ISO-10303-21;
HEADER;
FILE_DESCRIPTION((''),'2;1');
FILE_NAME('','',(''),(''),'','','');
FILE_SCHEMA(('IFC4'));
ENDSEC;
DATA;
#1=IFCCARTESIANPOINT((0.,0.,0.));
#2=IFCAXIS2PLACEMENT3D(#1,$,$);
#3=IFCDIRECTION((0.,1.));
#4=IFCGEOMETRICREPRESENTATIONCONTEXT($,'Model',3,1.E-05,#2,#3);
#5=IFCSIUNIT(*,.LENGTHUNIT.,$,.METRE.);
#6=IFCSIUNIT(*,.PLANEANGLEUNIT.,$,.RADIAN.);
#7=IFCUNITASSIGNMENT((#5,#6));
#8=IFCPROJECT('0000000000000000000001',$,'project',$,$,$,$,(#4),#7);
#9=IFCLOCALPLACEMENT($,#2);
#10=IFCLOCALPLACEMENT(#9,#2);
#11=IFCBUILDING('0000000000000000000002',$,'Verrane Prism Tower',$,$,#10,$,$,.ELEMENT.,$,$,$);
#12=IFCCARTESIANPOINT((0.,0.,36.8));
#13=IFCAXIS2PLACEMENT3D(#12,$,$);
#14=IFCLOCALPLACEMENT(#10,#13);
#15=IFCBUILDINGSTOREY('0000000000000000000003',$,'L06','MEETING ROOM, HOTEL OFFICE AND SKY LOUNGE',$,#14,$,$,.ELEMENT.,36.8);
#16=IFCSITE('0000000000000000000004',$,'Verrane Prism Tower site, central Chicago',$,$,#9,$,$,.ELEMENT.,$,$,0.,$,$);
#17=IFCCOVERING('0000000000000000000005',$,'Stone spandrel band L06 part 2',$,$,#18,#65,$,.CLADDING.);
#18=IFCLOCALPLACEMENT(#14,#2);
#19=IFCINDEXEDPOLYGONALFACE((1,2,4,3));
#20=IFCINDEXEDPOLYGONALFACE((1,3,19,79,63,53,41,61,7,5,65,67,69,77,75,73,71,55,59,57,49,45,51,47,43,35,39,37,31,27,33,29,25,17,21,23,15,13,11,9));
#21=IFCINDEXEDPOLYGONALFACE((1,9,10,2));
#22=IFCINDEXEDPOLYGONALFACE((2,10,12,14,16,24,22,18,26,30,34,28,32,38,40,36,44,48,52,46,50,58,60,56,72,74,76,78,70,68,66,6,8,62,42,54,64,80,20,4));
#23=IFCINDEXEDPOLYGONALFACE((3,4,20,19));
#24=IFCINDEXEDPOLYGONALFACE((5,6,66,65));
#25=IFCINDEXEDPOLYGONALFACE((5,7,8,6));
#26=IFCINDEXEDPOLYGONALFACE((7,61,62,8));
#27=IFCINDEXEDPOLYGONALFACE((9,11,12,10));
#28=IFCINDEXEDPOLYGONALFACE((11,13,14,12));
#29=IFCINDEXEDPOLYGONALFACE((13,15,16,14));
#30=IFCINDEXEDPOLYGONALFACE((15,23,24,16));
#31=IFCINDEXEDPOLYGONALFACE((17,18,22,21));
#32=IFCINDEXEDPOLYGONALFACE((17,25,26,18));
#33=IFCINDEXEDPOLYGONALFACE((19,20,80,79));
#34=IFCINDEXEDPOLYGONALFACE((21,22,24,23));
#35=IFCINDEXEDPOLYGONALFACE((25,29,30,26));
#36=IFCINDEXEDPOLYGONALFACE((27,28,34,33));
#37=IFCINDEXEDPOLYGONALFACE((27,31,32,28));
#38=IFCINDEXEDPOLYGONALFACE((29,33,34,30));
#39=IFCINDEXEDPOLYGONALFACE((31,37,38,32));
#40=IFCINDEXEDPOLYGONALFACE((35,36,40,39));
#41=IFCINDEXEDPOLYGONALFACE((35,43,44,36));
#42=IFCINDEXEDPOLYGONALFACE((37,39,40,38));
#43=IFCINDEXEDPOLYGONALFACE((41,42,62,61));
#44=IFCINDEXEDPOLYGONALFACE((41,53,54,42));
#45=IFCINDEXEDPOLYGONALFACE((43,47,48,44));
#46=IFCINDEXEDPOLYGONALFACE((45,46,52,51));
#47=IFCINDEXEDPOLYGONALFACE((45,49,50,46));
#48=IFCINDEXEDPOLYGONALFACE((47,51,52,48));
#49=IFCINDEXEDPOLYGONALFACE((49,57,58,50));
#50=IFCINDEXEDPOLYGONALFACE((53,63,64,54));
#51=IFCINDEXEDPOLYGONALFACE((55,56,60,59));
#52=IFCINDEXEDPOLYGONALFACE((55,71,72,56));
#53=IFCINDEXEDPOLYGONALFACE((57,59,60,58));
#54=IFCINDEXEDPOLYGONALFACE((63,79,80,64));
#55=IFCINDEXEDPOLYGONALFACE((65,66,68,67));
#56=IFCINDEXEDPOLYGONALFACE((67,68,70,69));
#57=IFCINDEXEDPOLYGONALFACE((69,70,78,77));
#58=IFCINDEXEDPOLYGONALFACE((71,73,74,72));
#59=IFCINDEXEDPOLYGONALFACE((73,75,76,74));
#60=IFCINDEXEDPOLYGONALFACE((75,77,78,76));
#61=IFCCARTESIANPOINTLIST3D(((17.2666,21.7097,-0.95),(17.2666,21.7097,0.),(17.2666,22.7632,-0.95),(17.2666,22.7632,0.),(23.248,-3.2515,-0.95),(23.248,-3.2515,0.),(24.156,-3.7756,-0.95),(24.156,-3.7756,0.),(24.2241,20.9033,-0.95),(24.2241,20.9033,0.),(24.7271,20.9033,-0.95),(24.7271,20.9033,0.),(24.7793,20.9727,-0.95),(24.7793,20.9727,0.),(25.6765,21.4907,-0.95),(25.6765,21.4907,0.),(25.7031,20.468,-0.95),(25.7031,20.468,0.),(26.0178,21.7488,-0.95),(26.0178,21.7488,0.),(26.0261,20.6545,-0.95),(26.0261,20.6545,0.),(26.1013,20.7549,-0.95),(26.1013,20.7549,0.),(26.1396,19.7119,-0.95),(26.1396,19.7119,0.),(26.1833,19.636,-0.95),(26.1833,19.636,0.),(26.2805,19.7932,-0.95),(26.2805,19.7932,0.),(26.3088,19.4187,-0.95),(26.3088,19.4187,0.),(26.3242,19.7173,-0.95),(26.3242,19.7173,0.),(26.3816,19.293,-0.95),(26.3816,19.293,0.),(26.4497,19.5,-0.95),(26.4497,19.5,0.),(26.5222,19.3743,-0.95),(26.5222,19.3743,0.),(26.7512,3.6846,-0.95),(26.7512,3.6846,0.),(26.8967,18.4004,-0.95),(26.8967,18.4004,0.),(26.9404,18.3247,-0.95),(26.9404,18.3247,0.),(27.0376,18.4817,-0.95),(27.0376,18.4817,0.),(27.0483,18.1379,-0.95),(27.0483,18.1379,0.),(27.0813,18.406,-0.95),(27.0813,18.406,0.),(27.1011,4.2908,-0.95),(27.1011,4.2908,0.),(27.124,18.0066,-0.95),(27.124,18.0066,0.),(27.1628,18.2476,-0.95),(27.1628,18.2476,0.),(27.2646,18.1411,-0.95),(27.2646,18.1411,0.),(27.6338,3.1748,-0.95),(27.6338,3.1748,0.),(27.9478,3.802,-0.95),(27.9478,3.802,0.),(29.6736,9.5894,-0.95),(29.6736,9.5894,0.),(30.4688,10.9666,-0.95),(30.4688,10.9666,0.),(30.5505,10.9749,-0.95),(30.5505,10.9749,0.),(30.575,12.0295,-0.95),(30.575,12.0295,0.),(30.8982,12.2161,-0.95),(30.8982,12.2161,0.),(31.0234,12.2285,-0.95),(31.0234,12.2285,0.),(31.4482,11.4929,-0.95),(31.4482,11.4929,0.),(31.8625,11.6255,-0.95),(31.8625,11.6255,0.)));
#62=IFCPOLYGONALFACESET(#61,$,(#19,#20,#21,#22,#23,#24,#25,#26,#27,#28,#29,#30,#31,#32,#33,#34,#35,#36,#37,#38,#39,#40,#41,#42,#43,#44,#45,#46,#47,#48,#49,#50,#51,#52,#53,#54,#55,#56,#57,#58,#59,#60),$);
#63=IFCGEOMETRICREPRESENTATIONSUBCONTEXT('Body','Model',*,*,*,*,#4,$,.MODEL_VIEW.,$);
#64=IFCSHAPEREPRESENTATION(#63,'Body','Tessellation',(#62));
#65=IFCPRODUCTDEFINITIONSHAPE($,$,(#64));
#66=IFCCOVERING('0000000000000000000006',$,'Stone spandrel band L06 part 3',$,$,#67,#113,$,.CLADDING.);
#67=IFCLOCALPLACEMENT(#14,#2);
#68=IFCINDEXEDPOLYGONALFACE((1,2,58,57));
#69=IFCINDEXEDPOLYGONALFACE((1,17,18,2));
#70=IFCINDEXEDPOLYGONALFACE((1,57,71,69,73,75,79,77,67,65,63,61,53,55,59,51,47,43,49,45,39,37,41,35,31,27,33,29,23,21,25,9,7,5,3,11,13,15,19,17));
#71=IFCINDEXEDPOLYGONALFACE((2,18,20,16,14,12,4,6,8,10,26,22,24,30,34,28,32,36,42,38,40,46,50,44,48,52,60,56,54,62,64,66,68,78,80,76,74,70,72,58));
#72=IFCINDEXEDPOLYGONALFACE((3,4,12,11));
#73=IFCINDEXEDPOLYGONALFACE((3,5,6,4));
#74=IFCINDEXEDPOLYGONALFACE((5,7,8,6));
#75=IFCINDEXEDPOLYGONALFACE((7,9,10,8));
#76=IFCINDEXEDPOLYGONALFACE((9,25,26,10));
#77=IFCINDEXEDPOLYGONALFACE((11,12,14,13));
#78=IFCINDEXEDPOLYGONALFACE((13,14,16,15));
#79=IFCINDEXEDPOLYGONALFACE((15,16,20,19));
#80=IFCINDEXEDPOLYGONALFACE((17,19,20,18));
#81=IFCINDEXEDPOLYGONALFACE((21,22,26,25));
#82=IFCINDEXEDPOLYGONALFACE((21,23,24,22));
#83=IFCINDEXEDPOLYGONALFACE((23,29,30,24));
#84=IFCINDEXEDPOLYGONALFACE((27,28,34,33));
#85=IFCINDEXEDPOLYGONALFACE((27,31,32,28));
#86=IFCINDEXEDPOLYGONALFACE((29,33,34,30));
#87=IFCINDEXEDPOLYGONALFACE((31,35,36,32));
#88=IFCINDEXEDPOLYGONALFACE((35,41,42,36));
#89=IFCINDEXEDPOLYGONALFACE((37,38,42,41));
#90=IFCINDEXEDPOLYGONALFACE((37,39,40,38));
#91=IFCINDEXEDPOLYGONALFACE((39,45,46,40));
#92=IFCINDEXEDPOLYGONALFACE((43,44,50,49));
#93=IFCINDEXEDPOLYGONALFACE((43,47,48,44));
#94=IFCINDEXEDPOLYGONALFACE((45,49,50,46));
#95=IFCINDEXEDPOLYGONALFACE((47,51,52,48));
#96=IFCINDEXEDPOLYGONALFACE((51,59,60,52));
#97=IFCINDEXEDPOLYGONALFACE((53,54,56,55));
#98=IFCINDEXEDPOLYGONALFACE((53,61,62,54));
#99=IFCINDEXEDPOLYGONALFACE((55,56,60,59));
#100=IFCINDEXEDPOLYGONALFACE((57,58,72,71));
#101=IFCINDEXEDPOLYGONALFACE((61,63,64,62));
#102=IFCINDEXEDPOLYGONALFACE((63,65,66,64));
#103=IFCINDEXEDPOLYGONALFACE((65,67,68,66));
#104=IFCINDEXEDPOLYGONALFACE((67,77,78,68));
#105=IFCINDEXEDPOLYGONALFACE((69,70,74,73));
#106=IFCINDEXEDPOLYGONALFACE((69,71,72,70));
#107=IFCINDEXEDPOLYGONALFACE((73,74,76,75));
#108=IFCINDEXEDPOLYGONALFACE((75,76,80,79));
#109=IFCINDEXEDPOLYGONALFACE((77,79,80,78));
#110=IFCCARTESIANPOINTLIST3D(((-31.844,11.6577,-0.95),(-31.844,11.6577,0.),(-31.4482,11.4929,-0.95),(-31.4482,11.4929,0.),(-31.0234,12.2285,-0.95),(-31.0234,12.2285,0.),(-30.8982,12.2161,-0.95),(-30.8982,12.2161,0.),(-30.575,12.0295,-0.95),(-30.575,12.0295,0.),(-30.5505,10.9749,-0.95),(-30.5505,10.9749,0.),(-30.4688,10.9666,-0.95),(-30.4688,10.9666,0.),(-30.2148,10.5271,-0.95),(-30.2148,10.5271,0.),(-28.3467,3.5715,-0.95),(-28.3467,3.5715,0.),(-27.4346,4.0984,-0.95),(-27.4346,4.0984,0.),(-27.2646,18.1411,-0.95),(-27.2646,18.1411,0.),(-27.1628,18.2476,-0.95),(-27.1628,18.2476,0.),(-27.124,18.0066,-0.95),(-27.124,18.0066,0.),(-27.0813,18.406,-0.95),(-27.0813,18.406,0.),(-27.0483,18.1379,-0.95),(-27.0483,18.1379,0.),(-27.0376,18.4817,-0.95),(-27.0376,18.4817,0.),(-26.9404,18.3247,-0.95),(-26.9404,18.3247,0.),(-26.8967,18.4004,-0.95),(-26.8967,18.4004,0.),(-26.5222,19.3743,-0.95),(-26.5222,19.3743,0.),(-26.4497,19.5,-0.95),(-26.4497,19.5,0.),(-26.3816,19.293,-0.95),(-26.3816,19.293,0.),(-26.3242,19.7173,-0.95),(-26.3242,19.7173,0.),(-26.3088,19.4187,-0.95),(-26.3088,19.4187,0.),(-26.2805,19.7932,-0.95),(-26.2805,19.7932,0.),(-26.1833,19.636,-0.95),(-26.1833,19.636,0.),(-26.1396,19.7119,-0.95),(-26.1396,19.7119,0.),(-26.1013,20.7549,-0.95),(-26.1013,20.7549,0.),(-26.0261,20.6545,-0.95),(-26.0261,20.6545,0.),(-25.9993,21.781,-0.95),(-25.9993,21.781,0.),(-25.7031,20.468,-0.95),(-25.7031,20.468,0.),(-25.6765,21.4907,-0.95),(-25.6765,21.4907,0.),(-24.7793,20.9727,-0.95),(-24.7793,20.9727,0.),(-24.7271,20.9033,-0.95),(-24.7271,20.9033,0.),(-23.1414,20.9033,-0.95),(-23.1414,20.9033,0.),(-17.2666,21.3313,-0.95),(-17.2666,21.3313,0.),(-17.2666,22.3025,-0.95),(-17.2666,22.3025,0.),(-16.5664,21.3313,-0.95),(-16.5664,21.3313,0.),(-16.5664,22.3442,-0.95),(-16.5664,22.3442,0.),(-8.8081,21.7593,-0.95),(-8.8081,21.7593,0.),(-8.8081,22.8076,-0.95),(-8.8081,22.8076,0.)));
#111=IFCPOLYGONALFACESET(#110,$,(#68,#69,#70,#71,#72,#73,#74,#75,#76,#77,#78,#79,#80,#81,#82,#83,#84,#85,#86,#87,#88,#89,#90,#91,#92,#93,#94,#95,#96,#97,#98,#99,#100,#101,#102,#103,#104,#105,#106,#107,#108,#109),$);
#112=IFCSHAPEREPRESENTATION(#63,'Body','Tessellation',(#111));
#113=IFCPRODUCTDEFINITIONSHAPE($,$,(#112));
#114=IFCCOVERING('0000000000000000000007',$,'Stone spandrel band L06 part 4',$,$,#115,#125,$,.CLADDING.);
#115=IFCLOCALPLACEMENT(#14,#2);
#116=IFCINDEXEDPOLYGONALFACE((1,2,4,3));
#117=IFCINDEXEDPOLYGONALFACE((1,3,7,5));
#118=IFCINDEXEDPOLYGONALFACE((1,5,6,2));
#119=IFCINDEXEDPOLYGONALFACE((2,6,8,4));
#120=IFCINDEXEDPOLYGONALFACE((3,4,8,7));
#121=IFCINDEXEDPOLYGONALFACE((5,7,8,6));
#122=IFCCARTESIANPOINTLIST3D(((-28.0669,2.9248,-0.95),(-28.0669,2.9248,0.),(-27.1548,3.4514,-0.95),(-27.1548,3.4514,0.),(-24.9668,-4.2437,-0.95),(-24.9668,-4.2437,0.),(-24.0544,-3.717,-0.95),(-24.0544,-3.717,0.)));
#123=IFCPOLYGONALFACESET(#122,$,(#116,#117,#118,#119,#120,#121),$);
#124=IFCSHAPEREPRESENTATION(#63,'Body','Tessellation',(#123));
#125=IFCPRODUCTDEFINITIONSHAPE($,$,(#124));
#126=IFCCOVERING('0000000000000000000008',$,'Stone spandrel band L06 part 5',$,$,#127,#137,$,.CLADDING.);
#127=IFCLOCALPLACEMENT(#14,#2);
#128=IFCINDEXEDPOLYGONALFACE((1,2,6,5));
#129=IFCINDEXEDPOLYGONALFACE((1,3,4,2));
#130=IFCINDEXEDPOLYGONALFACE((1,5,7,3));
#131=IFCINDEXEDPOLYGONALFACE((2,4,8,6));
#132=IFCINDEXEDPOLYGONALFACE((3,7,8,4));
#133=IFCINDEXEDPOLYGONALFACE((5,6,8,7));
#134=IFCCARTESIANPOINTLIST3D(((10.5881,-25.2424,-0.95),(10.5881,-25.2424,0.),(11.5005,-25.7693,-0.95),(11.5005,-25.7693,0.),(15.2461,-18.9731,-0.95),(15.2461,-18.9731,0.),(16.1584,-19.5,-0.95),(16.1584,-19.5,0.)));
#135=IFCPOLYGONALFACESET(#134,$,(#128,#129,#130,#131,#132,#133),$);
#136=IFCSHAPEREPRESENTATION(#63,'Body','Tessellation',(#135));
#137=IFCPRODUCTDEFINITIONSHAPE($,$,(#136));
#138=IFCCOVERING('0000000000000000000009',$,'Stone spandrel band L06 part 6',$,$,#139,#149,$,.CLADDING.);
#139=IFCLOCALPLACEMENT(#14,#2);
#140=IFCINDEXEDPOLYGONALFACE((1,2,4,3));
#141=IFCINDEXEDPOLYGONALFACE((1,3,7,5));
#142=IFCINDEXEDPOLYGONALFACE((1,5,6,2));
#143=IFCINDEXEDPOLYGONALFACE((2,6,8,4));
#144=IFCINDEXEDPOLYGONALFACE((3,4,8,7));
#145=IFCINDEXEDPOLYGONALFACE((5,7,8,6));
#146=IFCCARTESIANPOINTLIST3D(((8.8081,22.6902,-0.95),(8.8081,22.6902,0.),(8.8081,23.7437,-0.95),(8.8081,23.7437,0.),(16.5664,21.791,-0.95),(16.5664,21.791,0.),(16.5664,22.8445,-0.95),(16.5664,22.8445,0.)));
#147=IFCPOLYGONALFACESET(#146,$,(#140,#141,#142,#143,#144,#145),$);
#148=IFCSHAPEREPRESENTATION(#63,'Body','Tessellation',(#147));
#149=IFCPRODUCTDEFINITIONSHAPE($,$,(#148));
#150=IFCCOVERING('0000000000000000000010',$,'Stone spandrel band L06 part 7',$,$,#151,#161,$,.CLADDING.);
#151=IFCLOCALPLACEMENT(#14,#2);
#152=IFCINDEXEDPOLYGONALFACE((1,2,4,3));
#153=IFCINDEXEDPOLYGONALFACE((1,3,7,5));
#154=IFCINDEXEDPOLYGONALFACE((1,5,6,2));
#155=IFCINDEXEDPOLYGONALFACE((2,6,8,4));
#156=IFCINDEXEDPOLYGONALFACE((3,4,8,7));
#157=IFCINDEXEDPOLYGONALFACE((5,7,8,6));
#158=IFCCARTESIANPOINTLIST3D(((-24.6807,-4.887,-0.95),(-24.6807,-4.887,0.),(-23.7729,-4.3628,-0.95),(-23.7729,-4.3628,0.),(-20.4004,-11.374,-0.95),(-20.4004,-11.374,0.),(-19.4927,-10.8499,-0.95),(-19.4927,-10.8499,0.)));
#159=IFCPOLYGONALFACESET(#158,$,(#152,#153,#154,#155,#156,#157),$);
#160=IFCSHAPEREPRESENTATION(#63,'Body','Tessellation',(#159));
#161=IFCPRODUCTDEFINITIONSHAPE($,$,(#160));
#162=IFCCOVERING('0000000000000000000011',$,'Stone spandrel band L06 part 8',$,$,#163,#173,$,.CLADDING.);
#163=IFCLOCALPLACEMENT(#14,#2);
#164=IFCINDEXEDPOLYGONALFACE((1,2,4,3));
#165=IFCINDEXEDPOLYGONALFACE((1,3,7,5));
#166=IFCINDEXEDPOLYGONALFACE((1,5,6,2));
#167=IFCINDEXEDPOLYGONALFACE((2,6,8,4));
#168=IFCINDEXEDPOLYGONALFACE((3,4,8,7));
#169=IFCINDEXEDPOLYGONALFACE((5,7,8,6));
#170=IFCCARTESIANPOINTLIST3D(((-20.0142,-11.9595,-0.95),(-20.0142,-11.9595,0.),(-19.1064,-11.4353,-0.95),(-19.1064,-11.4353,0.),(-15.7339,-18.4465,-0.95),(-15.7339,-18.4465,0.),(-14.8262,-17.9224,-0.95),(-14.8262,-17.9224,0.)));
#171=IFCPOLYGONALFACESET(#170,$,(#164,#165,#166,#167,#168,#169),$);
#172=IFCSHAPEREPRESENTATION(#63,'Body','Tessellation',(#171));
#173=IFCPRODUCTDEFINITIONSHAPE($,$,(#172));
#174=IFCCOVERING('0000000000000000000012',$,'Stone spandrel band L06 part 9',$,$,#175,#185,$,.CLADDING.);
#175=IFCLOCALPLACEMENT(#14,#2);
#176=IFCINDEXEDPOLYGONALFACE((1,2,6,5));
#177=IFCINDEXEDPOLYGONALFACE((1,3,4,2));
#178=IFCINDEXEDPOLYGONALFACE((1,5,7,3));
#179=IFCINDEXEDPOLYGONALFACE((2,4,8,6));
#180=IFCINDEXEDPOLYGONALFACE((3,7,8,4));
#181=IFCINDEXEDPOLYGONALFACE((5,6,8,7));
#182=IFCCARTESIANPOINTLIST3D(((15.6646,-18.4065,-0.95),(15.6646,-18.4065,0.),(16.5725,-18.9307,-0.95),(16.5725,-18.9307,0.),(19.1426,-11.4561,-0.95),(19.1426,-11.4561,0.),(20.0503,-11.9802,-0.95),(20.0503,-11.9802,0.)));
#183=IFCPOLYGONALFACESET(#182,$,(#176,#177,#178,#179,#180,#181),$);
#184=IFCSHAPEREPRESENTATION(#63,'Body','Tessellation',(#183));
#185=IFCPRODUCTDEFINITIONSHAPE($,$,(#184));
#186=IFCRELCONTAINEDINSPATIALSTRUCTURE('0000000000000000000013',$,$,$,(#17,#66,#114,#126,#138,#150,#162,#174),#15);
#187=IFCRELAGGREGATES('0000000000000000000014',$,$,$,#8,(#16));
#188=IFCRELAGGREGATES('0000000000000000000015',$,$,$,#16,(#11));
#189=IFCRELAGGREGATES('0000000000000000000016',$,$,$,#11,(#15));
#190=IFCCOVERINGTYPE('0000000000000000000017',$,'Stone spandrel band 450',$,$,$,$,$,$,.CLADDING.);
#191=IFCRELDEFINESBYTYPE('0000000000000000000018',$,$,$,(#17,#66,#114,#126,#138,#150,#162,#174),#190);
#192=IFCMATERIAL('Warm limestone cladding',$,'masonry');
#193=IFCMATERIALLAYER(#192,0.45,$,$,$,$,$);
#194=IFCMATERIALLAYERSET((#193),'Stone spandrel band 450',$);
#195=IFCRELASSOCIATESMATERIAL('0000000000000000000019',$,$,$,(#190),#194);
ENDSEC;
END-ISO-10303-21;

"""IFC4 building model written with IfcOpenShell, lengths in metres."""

from ifc_helpers import new_model, si_unit, direction, frame, origin, place, context, subcontext, project, spatial, polyline, outline, extrude, material, layer, layer_set, type_object, element, save


model = new_model("IFC4")

# Units and contexts
model_context = context("Model", 3, precision=1e-05, world=origin(), true_north=direction((0.0, 1.0)))
body_context = subcontext(model_context, "Body", "Model", "MODEL_VIEW")
ifc_project = project(units=[si_unit("LENGTHUNIT", "METRE"), si_unit("PLANEANGLEUNIT", "RADIAN")], contexts=[model_context])

# Site, building, storey
site_placement = place(None, origin())
site = spatial("IfcSite", under=ifc_project, at=site_placement, Name="Verrane Prism Tower site, central Chicago", CompositionType="ELEMENT", RefElevation=0.0)
building_placement = place(site_placement, origin())
building = spatial("IfcBuilding", under=site, at=building_placement, Name="Verrane Prism Tower", CompositionType="ELEMENT")
storey_placement = place(building_placement, frame((0.0, 0.0, 36.8)))
storey = spatial("IfcBuildingStorey", under=building, at=storey_placement, Name="L06", Description="MEETING ROOM, HOTEL OFFICE AND SKY LOUNGE", CompositionType="ELEMENT", Elevation=36.8)

# Coverings
ifc_material_1 = material(Name="Warm limestone cladding", Category="masonry")
ifc_layer_1 = layer(ifc_material_1, 0.45)
ifc_layer_set_1 = layer_set([ifc_layer_1], Name="Stone spandrel band 450")
covering_type_1 = type_object("IfcCoveringType", Name="Stone spandrel band 450", PredefinedType="CLADDING", material=ifc_layer_set_1)
covering_1_placement = place(storey_placement, frame((0.0, 0.0, -0.95)))
element("IfcCovering", 1, at=covering_1_placement, inside=storey, type_object=covering_type_1, Name="Stone spandrel band L06 part 2", PredefinedType="CLADDING", context=body_context, shape_type="SweptSolid", body=[
    extrude(outline(polyline([(17.2666, 22.7632), (17.2666, 21.7097), (24.2241, 20.9033), (24.7271, 20.9033), (24.7793, 20.9727), (25.6765, 21.4907), (26.1013, 20.7549), (26.0261, 20.6545), (25.7031, 20.468), (26.1396, 19.7119), (26.2805, 19.7932), (26.3242, 19.7173), (26.1833, 19.636), (26.3088, 19.4187), (26.4497, 19.5), (26.5222, 19.3743), (26.3816, 19.293), (26.8967, 18.4004), (27.0376, 18.4817), (27.0813, 18.406), (26.9404, 18.3247), (27.0483, 18.1379), (27.1628, 18.2476), (27.2646, 18.1411), (27.124, 18.0066), (30.575, 12.0295), (30.8982, 12.2161), (31.0234, 12.2285), (31.4482, 11.4929), (30.5505, 10.9749), (30.4688, 10.9666), (29.6736, 9.5894), (23.248, -3.2515), (24.156, -3.7756), (27.6338, 3.1748), (26.7512, 3.6846), (27.1011, 4.2908), (27.9478, 3.802), (31.8625, 11.6255), (26.0178, 21.7488), (17.2666, 22.7632)])), origin(), (0.0, 0.0, 1.0), 0.95),
])
covering_2_placement = place(storey_placement, frame((0.0, 0.0, -0.95)))
element("IfcCovering", 2, at=covering_2_placement, inside=storey, type_object=covering_type_1, Name="Stone spandrel band L06 part 3", PredefinedType="CLADDING", context=body_context, shape_type="SweptSolid", body=[
    extrude(outline(polyline([(-27.4346, 4.0984), (-30.2148, 10.5271), (-30.4688, 10.9666), (-30.5505, 10.9749), (-31.4482, 11.4929), (-31.0234, 12.2285), (-30.8982, 12.2161), (-30.575, 12.0295), (-27.124, 18.0066), (-27.2646, 18.1411), (-27.1628, 18.2476), (-27.0483, 18.1379), (-26.9404, 18.3247), (-27.0813, 18.406), (-27.0376, 18.4817), (-26.8967, 18.4004), (-26.3816, 19.293), (-26.5222, 19.3743), (-26.4497, 19.5), (-26.3088, 19.4187), (-26.1833, 19.636), (-26.3242, 19.7173), (-26.2805, 19.7932), (-26.1396, 19.7119), (-25.7031, 20.468), (-26.0261, 20.6545), (-26.1013, 20.7549), (-25.6765, 21.4907), (-24.7793, 20.9727), (-24.7271, 20.9033), (-23.1414, 20.9033), (-8.8081, 21.7593), (-8.8081, 22.8076), (-16.5664, 22.3442), (-16.5664, 21.3313), (-17.2666, 21.3313), (-17.2666, 22.3025), (-25.9993, 21.781), (-31.844, 11.6577), (-28.3467, 3.5715), (-27.4346, 4.0984)])), origin(), (0.0, 0.0, 1.0), 0.95),
])
covering_3_placement = place(storey_placement, frame((0.0, 0.0, -0.95)))
element("IfcCovering", 3, at=covering_3_placement, inside=storey, type_object=covering_type_1, Name="Stone spandrel band L06 part 4", PredefinedType="CLADDING", context=body_context, shape_type="SweptSolid", body=[
    extrude(outline(polyline([(-24.9668, -4.2437), (-24.0544, -3.717), (-27.1548, 3.4514), (-28.0669, 2.9248), (-24.9668, -4.2437)])), origin(), (0.0, 0.0, 1.0), 0.95),
])
covering_4_placement = place(storey_placement, frame((0.0, 0.0, -0.95)))
element("IfcCovering", 4, at=covering_4_placement, inside=storey, type_object=covering_type_1, Name="Stone spandrel band L06 part 5", PredefinedType="CLADDING", context=body_context, shape_type="SweptSolid", body=[
    extrude(outline(polyline([(15.2461, -18.9731), (10.5881, -25.2424), (11.5005, -25.7693), (16.1584, -19.5), (15.2461, -18.9731)])), origin(), (0.0, 0.0, 1.0), 0.95),
])
covering_5_placement = place(storey_placement, frame((0.0, 0.0, -0.95)))
element("IfcCovering", 5, at=covering_5_placement, inside=storey, type_object=covering_type_1, Name="Stone spandrel band L06 part 6", PredefinedType="CLADDING", context=body_context, shape_type="SweptSolid", body=[
    extrude(outline(polyline([(8.8081, 22.6902), (16.5664, 21.791), (16.5664, 22.8445), (8.8081, 23.7437), (8.8081, 22.6902)])), origin(), (0.0, 0.0, 1.0), 0.95),
])
covering_6_placement = place(storey_placement, frame((0.0, 0.0, -0.95)))
element("IfcCovering", 6, at=covering_6_placement, inside=storey, type_object=covering_type_1, Name="Stone spandrel band L06 part 7", PredefinedType="CLADDING", context=body_context, shape_type="SweptSolid", body=[
    extrude(outline(polyline([(-19.4927, -10.8499), (-23.7729, -4.3628), (-24.6807, -4.887), (-20.4004, -11.374), (-19.4927, -10.8499)])), origin(), (0.0, 0.0, 1.0), 0.95),
])
covering_7_placement = place(storey_placement, frame((0.0, 0.0, -0.95)))
element("IfcCovering", 7, at=covering_7_placement, inside=storey, type_object=covering_type_1, Name="Stone spandrel band L06 part 8", PredefinedType="CLADDING", context=body_context, shape_type="SweptSolid", body=[
    extrude(outline(polyline([(-14.8262, -17.9224), (-19.1064, -11.4353), (-20.0142, -11.9595), (-15.7339, -18.4465), (-14.8262, -17.9224)])), origin(), (0.0, 0.0, 1.0), 0.95),
])
covering_8_placement = place(storey_placement, frame((0.0, 0.0, -0.95)))
element("IfcCovering", 8, at=covering_8_placement, inside=storey, type_object=covering_type_1, Name="Stone spandrel band L06 part 9", PredefinedType="CLADDING", context=body_context, shape_type="SweptSolid", body=[
    extrude(outline(polyline([(20.0503, -11.9802), (19.1426, -11.4561), (15.6646, -18.4065), (16.5725, -18.9307), (20.0503, -11.9802)])), origin(), (0.0, 0.0, 1.0), 0.95),
])

save(model, "model.ifc")
